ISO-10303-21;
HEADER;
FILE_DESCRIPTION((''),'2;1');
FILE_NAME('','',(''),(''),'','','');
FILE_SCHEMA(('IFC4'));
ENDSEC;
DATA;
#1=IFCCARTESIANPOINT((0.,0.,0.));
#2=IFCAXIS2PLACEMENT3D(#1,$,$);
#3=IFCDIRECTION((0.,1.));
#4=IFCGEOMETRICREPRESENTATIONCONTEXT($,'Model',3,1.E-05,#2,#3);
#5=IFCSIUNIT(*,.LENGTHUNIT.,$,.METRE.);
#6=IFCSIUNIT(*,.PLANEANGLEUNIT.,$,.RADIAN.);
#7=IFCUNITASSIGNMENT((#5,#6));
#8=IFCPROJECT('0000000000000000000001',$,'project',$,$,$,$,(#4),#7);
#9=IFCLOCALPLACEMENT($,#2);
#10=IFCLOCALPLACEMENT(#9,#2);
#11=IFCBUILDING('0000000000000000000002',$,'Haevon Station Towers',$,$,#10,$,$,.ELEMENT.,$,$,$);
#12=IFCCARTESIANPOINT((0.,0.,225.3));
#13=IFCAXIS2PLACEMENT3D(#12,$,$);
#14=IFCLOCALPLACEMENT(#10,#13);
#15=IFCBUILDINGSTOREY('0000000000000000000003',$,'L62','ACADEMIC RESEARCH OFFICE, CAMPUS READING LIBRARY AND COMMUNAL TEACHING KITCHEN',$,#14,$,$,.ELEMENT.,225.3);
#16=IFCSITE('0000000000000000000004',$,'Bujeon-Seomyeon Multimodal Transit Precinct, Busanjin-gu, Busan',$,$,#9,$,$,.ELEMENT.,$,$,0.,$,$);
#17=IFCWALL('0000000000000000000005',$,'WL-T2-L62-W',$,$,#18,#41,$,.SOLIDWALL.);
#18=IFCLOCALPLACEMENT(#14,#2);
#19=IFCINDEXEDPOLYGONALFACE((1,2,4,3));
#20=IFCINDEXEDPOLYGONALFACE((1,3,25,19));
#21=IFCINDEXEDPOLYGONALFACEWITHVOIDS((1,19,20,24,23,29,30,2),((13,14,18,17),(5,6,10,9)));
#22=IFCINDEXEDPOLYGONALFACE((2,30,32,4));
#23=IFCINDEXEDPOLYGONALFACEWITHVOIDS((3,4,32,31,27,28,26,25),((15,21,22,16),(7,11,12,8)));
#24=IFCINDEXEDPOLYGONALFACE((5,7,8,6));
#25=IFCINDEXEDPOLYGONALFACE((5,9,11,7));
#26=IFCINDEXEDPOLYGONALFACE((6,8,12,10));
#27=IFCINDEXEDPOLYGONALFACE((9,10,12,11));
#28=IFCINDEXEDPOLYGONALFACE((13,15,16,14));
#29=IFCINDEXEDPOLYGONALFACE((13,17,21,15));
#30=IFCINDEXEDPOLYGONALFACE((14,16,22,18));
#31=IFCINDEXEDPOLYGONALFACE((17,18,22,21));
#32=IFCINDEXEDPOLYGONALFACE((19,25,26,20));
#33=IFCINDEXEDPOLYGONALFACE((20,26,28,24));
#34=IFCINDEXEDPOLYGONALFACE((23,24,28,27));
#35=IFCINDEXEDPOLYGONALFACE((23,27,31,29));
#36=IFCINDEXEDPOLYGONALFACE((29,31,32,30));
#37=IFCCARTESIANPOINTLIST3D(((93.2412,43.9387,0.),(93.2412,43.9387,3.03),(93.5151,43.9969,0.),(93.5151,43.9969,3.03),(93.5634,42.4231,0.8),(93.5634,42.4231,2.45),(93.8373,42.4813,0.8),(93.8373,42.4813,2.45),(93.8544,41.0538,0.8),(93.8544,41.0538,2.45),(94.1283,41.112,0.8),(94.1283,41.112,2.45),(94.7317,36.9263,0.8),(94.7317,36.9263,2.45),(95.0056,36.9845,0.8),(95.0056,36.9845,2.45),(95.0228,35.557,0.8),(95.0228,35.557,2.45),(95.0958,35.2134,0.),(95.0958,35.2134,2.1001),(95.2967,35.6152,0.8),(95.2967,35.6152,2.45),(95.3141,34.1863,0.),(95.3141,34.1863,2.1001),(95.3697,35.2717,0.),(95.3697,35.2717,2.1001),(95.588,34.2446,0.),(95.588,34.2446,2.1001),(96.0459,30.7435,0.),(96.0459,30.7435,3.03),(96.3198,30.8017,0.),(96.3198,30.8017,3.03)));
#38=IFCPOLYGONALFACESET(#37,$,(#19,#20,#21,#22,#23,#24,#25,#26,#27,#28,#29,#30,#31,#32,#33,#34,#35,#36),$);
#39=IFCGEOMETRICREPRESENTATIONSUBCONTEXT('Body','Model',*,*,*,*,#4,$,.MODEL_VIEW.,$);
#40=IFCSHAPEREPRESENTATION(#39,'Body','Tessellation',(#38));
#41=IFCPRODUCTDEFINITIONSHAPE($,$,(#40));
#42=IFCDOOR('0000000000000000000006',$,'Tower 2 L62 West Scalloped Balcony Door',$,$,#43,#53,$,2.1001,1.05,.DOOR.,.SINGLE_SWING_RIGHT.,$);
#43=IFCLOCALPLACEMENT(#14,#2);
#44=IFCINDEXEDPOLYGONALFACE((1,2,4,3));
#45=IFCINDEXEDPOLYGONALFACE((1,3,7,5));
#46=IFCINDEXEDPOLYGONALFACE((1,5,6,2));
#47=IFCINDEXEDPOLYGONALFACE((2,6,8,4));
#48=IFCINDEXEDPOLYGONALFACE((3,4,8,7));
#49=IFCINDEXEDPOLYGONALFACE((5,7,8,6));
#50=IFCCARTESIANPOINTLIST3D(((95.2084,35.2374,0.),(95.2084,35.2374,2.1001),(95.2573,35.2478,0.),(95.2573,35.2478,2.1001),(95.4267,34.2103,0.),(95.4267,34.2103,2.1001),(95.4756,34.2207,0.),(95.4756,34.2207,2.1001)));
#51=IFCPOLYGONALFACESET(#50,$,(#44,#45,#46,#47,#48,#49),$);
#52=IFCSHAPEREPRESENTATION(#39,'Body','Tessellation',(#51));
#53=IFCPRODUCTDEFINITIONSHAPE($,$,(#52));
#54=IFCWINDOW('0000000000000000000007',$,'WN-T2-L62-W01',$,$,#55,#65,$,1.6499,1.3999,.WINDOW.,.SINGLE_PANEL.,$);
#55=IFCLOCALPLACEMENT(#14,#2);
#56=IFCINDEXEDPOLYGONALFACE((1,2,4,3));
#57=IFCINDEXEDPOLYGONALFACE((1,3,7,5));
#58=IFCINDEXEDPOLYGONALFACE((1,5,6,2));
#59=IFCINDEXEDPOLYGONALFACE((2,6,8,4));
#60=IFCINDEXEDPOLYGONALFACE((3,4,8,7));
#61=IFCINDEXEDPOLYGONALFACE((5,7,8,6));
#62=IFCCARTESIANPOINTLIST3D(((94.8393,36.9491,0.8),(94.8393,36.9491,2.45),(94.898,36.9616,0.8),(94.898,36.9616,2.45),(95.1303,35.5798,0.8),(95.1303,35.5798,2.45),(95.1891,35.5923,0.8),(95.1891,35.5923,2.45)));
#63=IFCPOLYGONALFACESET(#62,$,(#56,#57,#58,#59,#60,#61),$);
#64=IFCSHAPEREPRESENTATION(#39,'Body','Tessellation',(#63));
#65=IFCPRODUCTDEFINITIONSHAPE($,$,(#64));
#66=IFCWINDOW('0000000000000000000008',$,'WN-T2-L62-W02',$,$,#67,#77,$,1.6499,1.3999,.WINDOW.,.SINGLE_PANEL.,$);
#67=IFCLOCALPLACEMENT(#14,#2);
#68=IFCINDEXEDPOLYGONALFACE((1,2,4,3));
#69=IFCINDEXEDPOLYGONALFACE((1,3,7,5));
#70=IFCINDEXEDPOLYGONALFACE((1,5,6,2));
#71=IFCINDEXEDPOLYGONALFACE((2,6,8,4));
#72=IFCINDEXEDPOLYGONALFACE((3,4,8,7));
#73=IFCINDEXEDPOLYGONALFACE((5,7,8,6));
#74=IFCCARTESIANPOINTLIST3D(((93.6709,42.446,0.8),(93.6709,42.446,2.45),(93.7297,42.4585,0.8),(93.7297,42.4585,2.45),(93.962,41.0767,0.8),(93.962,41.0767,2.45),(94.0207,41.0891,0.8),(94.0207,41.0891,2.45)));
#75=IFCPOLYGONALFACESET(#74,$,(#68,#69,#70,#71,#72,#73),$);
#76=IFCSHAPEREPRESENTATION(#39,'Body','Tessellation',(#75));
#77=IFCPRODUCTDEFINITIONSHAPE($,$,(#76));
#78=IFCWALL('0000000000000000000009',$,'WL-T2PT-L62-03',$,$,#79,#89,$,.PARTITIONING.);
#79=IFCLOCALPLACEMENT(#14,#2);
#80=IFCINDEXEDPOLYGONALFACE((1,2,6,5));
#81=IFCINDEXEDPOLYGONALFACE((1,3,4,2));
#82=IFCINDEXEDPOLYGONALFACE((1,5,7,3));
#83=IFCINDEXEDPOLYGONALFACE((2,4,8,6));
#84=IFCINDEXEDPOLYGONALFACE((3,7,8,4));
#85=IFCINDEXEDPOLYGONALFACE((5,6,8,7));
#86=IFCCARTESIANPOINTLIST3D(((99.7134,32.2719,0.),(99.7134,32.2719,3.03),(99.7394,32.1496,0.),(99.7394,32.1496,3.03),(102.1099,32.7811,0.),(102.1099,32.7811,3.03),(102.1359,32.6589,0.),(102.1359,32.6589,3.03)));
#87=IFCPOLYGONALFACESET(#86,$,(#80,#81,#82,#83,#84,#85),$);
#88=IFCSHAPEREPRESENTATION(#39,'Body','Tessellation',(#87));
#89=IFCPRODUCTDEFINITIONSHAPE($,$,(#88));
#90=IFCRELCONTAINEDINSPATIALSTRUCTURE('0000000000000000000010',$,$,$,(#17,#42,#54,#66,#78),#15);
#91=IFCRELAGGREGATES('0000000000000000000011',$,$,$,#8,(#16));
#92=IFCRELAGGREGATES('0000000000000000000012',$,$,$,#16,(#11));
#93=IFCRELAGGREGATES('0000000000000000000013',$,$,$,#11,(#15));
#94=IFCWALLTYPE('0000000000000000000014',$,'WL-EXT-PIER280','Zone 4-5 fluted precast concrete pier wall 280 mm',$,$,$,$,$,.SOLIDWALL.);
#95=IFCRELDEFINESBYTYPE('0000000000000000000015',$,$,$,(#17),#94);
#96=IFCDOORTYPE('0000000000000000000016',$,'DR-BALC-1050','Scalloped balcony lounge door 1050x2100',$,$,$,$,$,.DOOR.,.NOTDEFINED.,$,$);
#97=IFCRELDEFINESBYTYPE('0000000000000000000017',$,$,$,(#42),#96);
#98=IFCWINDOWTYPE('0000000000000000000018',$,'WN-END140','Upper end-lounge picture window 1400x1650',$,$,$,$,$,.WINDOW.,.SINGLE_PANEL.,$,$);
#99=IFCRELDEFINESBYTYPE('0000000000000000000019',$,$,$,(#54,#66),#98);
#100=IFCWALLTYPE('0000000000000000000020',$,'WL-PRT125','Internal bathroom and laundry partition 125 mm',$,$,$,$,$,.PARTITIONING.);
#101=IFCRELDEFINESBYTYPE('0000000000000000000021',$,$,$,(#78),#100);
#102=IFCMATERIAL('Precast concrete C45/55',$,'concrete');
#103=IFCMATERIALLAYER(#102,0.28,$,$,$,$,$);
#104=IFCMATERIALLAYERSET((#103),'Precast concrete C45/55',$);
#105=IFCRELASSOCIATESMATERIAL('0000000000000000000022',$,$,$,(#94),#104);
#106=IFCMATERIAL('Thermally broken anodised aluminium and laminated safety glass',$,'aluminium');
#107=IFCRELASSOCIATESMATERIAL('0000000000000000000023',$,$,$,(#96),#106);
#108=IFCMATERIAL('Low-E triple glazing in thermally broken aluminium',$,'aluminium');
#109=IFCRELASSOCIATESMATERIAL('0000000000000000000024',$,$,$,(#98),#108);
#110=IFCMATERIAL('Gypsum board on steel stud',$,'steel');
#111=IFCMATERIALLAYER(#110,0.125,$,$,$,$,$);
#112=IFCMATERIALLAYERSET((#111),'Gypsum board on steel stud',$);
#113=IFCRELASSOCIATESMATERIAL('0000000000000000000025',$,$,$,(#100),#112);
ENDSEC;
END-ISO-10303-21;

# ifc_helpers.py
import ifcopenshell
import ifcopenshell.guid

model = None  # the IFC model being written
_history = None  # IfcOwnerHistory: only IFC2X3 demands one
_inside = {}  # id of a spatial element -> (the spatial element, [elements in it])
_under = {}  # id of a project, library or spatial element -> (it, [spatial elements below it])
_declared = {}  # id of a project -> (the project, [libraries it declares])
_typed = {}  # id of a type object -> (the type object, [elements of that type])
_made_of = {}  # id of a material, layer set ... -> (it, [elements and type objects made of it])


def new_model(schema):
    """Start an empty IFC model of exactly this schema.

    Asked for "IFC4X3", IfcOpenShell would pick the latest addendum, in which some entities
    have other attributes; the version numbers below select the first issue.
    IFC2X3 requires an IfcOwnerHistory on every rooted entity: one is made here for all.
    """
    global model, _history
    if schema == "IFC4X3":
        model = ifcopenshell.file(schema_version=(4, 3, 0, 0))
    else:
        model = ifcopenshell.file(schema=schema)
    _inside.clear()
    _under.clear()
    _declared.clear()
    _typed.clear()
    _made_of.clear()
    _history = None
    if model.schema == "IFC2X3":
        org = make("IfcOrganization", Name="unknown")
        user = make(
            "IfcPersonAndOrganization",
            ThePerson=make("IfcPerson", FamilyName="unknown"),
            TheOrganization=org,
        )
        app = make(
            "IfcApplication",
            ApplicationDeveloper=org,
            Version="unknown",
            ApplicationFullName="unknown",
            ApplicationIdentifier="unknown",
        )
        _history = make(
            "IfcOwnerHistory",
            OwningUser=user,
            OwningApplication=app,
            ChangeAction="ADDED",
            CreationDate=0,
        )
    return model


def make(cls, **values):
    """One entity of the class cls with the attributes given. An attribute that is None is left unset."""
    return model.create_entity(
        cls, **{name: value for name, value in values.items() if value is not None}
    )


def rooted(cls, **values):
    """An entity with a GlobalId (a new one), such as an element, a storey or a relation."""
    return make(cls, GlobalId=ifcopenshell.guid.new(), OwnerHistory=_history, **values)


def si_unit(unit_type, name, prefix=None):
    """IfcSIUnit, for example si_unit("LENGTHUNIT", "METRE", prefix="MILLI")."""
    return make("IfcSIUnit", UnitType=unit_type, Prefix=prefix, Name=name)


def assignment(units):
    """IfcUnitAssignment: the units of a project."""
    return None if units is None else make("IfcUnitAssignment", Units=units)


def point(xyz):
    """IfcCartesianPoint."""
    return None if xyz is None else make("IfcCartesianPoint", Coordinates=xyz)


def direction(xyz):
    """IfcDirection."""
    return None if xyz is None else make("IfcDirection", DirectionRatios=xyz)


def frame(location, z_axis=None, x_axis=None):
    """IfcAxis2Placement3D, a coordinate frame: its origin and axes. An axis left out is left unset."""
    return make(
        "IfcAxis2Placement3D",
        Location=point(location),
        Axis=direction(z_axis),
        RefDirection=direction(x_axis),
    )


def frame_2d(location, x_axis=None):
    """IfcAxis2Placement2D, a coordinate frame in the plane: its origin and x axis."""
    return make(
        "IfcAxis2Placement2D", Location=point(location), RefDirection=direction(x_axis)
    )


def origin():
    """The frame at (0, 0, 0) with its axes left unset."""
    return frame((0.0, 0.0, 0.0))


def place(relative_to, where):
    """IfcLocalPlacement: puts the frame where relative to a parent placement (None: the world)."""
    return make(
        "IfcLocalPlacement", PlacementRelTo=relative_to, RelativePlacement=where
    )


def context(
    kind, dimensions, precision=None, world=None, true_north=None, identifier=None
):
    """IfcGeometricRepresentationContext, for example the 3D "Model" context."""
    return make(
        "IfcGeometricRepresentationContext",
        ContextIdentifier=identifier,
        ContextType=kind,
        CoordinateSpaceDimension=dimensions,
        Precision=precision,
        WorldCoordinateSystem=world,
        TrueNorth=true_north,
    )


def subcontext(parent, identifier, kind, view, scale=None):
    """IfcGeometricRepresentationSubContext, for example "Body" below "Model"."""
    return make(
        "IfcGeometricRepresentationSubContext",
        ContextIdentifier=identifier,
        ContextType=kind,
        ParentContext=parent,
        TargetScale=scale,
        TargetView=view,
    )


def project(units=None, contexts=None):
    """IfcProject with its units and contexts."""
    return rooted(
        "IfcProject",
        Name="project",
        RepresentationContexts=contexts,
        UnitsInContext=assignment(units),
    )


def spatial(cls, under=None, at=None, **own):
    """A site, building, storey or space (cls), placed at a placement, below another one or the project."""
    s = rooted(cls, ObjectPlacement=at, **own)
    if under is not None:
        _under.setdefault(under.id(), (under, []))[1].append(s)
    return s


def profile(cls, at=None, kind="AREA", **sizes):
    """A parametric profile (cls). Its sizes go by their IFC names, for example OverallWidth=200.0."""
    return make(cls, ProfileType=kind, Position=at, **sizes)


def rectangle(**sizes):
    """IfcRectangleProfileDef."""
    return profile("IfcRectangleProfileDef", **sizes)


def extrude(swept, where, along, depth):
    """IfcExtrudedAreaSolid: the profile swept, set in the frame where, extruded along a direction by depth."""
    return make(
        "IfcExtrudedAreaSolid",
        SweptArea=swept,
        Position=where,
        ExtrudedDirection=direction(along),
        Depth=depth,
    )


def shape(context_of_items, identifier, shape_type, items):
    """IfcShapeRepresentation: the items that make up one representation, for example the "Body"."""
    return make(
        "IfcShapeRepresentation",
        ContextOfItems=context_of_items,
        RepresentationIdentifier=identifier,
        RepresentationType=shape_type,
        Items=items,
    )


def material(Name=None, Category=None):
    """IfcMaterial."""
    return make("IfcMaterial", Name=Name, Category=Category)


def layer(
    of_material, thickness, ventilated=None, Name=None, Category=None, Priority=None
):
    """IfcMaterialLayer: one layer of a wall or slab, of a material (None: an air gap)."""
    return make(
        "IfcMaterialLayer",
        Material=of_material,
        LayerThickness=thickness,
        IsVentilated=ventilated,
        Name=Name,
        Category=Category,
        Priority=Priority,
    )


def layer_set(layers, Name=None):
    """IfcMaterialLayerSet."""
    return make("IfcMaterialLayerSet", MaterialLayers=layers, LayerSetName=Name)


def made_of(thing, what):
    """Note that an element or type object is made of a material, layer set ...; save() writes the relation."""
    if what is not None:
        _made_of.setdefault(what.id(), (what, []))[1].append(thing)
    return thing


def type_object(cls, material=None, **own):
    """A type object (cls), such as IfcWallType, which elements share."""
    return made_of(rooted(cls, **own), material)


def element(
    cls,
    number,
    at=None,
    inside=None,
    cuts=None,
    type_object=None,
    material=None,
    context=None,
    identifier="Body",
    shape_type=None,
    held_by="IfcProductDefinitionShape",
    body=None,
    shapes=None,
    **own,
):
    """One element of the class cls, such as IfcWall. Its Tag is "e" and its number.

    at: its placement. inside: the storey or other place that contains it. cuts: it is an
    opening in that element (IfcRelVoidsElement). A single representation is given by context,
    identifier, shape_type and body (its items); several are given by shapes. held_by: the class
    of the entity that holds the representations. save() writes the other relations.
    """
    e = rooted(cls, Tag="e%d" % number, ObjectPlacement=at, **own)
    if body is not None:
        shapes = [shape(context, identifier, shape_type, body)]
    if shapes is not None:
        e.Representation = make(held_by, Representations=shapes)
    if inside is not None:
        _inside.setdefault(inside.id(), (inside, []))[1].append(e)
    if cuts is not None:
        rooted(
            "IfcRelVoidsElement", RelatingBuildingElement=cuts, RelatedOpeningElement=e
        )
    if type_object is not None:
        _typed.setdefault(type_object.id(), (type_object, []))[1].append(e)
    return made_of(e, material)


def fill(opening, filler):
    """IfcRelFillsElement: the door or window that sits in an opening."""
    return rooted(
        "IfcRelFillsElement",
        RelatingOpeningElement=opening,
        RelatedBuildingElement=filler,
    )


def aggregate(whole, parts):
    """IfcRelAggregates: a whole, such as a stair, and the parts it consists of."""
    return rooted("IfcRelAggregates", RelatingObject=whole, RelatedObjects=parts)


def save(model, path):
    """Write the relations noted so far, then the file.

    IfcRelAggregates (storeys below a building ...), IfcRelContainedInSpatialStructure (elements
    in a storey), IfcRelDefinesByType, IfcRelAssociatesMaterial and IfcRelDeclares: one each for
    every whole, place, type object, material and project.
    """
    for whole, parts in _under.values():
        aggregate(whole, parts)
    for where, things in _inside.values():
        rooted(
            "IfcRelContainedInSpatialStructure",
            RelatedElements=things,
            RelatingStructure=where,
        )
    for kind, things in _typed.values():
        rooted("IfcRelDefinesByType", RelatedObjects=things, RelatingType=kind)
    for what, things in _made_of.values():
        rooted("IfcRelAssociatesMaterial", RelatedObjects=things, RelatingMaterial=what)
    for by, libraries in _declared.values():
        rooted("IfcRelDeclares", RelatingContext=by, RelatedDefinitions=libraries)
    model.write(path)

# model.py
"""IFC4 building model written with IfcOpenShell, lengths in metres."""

from ifc_helpers import new_model, si_unit, direction, frame, frame_2d, origin, place, context, subcontext, project, spatial, rectangle, extrude, material, layer, layer_set, type_object, element, fill, save


model = new_model("IFC4")

# Units and contexts
model_context = context("Model", 3, precision=1e-05, world=origin(), true_north=direction((0.0, 1.0)))
body_context = subcontext(model_context, "Body", "Model", "MODEL_VIEW")
ifc_project = project(units=[si_unit("LENGTHUNIT", "METRE"), si_unit("PLANEANGLEUNIT", "RADIAN")], contexts=[model_context])

# Site, building, storey
site_placement = place(None, origin())
site = spatial("IfcSite", under=ifc_project, at=site_placement, Name="Bujeon-Seomyeon Multimodal Transit Precinct, Busanjin-gu, Busan", CompositionType="ELEMENT", RefElevation=0.0)
building_placement = place(site_placement, origin())
building = spatial("IfcBuilding", under=site, at=building_placement, Name="Haevon Station Towers", CompositionType="ELEMENT")
storey_placement = place(building_placement, frame((0.0, 0.0, 225.3)))
storey = spatial("IfcBuildingStorey", under=building, at=storey_placement, Name="L62", Description="ACADEMIC RESEARCH OFFICE, CAMPUS READING LIBRARY AND COMMUNAL TEACHING KITCHEN", CompositionType="ELEMENT", Elevation=225.3)

# Wall, openings, door, windows
ifc_material_1 = material(Name="Precast concrete C45/55", Category="concrete")
ifc_layer_1 = layer(ifc_material_1, 0.28)
ifc_layer_set_1 = layer_set([ifc_layer_1], Name="Precast concrete C45/55")
wall_type_1 = type_object("IfcWallType", Name="WL-EXT-PIER280", Description="Zone 4-5 fluted precast concrete pier wall 280 mm", PredefinedType="SOLIDWALL", material=ifc_layer_set_1)
wall_1_placement = place(storey_placement, frame((96.1829, 30.7725, 0.0), z_axis=(0.0, 0.0, 1.0), x_axis=(-0.207907, 0.978149, 0.0)))
wall_1 = element("IfcWall", 1, at=wall_1_placement, inside=storey, type_object=wall_type_1, Name="WL-T2-L62-W", PredefinedType="SOLIDWALL", context=body_context, shape_type="SweptSolid", body=[
    extrude(rectangle(XDim=13.49, YDim=0.28, at=frame_2d((6.7451, 0.0))), origin(), (0.0, 0.0, 1.0), 3.03),
])
opening_1_placement = place(wall_1_placement, frame((3.52, 0.0, 0.0)))
opening_1 = element("IfcOpeningElement", 2, at=opening_1_placement, cuts=wall_1, PredefinedType="OPENING", context=body_context, shape_type="SweptSolid", body=[
    extrude(rectangle(XDim=1.05, YDim=2.1001, at=frame_2d((0.5249, 1.05))), frame((0.0, 0.1499, 0.0), z_axis=(0.0, -1.0, 0.0), x_axis=(1.0, 0.0, 0.0)), (0.0, 0.0, 1.0), 0.3),
])
opening_2_placement = place(wall_1_placement, frame((4.9211, 0.0, 0.8)))
opening_2 = element("IfcOpeningElement", 3, at=opening_2_placement, cuts=wall_1, PredefinedType="OPENING", context=body_context, shape_type="SweptSolid", body=[
    extrude(rectangle(XDim=1.3999, YDim=1.6499, at=frame_2d((0.7, 0.825))), frame((0.0, 0.1499, 0.0), z_axis=(0.0, -1.0, 0.0), x_axis=(1.0, 0.0, 0.0)), (0.0, 0.0, 1.0), 0.3),
])
opening_3_placement = place(wall_1_placement, frame((10.5408, 0.0, 0.8)))
opening_3 = element("IfcOpeningElement", 4, at=opening_3_placement, cuts=wall_1, PredefinedType="OPENING", context=body_context, shape_type="SweptSolid", body=[
    extrude(rectangle(XDim=1.3999, YDim=1.6499, at=frame_2d((0.7, 0.825))), frame((0.0, 0.1499, 0.0), z_axis=(0.0, -1.0, 0.0), x_axis=(1.0, 0.0, 0.0)), (0.0, 0.0, 1.0), 0.3),
])
ifc_material_2 = material(Name="Thermally broken anodised aluminium and laminated safety glass", Category="aluminium")
door_type_1 = type_object("IfcDoorType", Name="DR-BALC-1050", Description="Scalloped balcony lounge door 1050x2100", OperationType="NOTDEFINED", PredefinedType="DOOR", material=ifc_material_2)
door_1_placement = place(opening_1_placement, origin())
door_1 = element("IfcDoor", 5, at=door_1_placement, inside=storey, type_object=door_type_1, Name="Tower 2 L62 West Scalloped Balcony Door", OperationType="SINGLE_SWING_RIGHT", OverallHeight=2.1001, OverallWidth=1.05, PredefinedType="DOOR", context=body_context, shape_type="SweptSolid", body=[
    extrude(rectangle(XDim=1.05, YDim=2.1001, at=frame_2d((0.5249, 1.05))), frame((0.0, 0.0249, 0.0), z_axis=(0.0, -1.0, 0.0), x_axis=(1.0, 0.0, 0.0)), (0.0, 0.0, 1.0), 0.05),
])
fill(opening_1, door_1)
ifc_material_3 = material(Name="Low-E triple glazing in thermally broken aluminium", Category="aluminium")
window_type = type_object("IfcWindowType", Name="WN-END140", Description="Upper end-lounge picture window 1400x1650", PartitioningType="SINGLE_PANEL", PredefinedType="WINDOW", material=ifc_material_3)
window_1_placement = place(opening_2_placement, origin())
window_1 = element("IfcWindow", 6, at=window_1_placement, inside=storey, type_object=window_type, Name="WN-T2-L62-W01", OverallHeight=1.6499, OverallWidth=1.3999, PartitioningType="SINGLE_PANEL", PredefinedType="WINDOW", context=body_context, shape_type="SweptSolid", body=[
    extrude(rectangle(XDim=1.3999, YDim=1.6499, at=frame_2d((0.7, 0.825))), frame((0.0, 0.03, 0.0), z_axis=(0.0, -1.0, 0.0), x_axis=(1.0, 0.0, 0.0)), (0.0, 0.0, 1.0), 0.0601),
])
fill(opening_2, window_1)
window_2_placement = place(opening_3_placement, origin())
window_2 = element("IfcWindow", 7, at=window_2_placement, inside=storey, type_object=window_type, Name="WN-T2-L62-W02", OverallHeight=1.6499, OverallWidth=1.3999, PartitioningType="SINGLE_PANEL", PredefinedType="WINDOW", context=body_context, shape_type="SweptSolid", body=[
    extrude(rectangle(XDim=1.3999, YDim=1.6499, at=frame_2d((0.7, 0.825))), frame((0.0, 0.03, 0.0), z_axis=(0.0, -1.0, 0.0), x_axis=(1.0, 0.0, 0.0)), (0.0, 0.0, 1.0), 0.0601),
])
fill(opening_3, window_2)

# Wall
ifc_material_4 = material(Name="Gypsum board on steel stud", Category="steel")
ifc_layer_2 = layer(ifc_material_4, 0.125)
ifc_layer_set_2 = layer_set([ifc_layer_2], Name="Gypsum board on steel stud")
wall_type_2 = type_object("IfcWallType", Name="WL-PRT125", Description="Internal bathroom and laundry partition 125 mm", PredefinedType="PARTITIONING", material=ifc_layer_set_2)
wall_2_placement = place(storey_placement, frame((99.7263, 32.2107, 0.0), z_axis=(0.0, 0.0, 1.0), x_axis=(0.978157, 0.207868, 0.0)))
element("IfcWall", 8, at=wall_2_placement, inside=storey, type_object=wall_type_2, Name="WL-T2PT-L62-03", PredefinedType="PARTITIONING", context=body_context, shape_type="SweptSolid", body=[
    extrude(rectangle(XDim=2.45, YDim=0.125, at=frame_2d((1.2251, 0.0))), origin(), (0.0, 0.0, 1.0), 3.03),
])

save(model, "model.ifc")
